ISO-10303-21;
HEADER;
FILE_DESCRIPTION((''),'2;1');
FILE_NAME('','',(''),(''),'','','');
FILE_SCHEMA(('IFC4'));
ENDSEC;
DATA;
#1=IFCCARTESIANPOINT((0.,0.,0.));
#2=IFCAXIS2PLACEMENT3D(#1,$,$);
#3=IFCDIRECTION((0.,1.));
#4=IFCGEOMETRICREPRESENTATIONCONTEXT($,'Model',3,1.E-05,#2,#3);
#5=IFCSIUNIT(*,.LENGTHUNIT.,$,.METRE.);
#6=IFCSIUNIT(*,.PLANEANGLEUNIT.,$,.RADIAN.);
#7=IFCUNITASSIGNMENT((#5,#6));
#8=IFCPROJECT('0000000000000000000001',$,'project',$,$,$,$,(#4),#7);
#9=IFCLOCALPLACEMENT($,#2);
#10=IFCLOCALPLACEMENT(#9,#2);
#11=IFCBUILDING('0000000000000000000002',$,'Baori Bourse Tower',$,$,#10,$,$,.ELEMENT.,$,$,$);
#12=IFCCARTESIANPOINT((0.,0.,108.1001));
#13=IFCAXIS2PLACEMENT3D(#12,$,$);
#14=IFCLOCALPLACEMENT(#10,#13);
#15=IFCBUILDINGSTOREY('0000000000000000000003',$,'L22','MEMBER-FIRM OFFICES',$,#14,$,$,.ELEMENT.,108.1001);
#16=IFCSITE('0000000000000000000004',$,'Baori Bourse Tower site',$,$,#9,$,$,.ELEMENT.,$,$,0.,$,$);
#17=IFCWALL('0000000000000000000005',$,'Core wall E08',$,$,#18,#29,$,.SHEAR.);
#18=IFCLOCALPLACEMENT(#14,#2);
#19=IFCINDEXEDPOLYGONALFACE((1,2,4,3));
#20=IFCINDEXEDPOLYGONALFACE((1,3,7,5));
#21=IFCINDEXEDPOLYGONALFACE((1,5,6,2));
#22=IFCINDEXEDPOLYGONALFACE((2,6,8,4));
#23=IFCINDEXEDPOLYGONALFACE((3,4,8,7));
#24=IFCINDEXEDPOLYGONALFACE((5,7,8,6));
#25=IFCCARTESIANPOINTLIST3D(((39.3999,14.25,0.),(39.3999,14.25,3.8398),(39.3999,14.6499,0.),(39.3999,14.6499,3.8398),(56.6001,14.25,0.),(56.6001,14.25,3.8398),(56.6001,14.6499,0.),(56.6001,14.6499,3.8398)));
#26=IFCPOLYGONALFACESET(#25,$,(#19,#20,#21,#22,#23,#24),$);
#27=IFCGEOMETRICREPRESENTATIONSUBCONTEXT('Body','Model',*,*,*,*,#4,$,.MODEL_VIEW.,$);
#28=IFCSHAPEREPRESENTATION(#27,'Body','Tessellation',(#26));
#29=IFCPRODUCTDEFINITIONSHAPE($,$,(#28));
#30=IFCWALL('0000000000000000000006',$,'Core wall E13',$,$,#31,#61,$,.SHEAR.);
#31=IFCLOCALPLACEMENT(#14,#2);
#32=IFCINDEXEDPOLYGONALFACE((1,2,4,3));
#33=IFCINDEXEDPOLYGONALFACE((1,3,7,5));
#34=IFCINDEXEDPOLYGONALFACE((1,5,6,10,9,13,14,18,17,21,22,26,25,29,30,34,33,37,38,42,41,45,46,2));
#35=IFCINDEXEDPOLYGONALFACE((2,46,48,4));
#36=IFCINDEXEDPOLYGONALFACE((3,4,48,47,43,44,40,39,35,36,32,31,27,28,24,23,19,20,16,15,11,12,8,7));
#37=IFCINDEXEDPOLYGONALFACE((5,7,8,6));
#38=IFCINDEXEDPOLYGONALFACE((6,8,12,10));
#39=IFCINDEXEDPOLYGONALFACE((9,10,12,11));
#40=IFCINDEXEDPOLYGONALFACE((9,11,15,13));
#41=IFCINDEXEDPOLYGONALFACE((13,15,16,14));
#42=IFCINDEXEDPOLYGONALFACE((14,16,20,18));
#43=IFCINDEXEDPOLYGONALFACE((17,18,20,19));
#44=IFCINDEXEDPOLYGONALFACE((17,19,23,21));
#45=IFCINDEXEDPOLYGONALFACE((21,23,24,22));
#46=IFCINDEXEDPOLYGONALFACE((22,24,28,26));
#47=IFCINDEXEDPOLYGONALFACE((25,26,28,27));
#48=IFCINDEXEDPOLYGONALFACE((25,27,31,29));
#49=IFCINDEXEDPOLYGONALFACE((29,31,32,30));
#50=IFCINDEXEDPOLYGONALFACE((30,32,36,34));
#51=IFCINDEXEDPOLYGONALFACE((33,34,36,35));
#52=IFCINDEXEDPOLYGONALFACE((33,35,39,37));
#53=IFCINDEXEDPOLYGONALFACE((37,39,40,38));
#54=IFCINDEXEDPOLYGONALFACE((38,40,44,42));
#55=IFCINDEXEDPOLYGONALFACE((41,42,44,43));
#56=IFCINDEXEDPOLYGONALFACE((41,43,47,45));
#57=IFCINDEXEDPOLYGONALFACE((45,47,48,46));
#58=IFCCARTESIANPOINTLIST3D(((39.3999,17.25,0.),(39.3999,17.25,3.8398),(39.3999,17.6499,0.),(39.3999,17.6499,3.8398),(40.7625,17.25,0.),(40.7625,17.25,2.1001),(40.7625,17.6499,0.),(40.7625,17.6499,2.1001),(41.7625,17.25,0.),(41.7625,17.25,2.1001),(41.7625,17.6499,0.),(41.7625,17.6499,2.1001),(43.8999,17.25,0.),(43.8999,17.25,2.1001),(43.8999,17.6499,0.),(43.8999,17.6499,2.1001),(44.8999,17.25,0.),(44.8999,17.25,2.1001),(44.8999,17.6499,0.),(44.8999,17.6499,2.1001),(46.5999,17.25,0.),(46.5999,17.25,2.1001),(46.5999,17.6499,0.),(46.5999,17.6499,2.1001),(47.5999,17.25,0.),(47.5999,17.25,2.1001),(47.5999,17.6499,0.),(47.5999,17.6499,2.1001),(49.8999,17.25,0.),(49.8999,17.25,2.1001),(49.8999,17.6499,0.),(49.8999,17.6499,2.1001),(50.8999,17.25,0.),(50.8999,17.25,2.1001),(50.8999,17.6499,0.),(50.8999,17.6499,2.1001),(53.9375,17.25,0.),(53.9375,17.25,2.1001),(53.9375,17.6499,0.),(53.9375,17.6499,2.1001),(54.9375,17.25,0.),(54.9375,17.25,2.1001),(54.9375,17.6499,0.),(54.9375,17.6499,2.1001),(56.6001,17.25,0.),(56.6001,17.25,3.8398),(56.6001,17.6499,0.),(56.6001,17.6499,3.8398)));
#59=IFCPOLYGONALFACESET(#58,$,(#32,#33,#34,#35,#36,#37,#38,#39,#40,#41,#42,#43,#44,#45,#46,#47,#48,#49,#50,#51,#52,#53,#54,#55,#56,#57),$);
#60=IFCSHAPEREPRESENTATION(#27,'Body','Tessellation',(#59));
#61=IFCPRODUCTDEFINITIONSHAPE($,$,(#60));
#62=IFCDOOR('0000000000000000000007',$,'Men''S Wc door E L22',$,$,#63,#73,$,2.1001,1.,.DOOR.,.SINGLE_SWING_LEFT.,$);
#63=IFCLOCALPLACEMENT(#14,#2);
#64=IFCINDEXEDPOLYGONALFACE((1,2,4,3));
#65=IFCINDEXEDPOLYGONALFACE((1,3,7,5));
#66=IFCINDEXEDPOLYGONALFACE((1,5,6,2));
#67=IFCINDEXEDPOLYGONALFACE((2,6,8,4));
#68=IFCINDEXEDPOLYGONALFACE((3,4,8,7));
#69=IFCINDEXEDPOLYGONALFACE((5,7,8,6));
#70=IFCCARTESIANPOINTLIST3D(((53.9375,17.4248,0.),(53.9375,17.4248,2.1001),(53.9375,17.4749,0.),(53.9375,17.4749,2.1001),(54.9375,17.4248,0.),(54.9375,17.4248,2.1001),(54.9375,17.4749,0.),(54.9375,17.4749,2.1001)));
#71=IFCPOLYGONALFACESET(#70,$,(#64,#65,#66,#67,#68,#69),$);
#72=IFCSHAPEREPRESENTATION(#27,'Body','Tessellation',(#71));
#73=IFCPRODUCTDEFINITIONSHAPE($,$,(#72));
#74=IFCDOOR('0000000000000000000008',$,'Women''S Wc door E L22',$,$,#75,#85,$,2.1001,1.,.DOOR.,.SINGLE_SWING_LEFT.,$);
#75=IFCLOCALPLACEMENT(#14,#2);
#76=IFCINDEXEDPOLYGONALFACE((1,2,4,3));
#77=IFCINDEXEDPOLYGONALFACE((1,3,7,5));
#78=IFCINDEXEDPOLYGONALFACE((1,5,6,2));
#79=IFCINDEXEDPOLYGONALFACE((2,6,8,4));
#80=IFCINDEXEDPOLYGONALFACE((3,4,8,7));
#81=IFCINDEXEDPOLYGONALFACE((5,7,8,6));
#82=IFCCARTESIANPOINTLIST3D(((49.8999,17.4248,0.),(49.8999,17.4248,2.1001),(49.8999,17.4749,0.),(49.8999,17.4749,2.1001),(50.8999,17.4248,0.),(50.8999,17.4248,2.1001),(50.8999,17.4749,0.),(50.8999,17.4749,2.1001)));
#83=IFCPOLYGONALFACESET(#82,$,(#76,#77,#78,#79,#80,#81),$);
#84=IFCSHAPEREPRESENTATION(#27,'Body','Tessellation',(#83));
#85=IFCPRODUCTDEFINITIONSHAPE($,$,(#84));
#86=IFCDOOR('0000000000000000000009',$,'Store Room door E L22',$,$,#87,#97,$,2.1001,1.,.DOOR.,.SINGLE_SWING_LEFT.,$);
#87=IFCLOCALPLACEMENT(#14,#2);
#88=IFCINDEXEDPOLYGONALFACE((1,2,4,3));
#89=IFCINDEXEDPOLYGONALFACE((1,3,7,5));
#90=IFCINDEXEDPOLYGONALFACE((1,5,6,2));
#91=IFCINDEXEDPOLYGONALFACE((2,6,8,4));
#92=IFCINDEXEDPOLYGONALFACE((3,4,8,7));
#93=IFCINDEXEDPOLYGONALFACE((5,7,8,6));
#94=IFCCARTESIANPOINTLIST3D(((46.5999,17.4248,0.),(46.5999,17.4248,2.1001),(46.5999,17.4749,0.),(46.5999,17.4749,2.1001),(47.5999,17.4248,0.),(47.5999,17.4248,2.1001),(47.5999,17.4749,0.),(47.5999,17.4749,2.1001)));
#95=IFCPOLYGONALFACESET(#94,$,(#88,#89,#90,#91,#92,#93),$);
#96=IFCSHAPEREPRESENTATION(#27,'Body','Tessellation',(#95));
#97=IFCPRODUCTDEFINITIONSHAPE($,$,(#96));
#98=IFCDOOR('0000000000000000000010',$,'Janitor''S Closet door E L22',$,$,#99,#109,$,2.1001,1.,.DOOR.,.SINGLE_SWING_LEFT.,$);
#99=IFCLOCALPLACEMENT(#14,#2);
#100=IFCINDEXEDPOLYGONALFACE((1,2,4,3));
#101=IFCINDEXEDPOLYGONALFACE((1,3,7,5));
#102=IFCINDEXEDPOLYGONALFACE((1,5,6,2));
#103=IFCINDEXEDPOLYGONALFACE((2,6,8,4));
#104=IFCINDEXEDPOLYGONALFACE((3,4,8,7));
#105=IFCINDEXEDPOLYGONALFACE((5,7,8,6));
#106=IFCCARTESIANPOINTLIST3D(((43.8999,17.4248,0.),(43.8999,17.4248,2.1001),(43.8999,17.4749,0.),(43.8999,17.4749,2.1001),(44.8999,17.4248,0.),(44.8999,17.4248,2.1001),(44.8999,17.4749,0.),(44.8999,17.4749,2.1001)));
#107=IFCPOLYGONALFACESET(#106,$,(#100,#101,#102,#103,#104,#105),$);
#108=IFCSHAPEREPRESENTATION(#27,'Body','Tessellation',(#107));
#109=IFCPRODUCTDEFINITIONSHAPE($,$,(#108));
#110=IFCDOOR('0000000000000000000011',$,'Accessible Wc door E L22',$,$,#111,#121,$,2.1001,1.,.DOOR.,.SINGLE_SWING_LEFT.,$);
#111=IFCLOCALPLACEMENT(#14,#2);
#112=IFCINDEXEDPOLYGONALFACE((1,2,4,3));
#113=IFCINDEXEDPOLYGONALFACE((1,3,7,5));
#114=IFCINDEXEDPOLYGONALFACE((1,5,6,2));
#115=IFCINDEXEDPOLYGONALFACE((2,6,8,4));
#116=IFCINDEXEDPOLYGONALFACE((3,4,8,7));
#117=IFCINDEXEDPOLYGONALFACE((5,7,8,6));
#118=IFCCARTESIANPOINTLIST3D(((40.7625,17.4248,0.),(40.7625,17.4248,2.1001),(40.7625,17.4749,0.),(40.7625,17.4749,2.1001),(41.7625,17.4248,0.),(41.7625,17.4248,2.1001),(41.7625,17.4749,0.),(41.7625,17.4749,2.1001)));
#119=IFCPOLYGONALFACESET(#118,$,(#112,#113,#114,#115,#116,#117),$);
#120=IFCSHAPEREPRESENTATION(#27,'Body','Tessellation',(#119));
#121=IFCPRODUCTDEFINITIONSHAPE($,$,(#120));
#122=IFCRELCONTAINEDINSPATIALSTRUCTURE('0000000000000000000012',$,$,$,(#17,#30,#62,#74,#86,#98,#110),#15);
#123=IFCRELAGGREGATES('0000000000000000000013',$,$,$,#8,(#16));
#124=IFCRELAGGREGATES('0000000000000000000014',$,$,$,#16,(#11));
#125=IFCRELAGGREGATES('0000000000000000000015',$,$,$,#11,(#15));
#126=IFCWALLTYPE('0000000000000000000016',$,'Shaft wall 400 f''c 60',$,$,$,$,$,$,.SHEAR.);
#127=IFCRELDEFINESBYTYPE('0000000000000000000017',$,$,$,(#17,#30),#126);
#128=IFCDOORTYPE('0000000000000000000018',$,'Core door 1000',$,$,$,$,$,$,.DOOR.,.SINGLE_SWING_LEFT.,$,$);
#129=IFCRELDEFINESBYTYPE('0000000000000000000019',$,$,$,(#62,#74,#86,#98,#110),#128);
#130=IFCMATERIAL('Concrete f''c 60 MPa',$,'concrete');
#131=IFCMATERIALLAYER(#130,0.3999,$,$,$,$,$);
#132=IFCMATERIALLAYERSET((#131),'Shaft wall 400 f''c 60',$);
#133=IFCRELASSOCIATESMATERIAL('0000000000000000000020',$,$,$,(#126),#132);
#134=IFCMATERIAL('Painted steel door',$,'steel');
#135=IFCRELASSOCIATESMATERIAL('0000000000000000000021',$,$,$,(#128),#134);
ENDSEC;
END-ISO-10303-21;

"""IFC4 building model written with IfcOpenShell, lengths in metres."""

from ifc_helpers import new_model, si_unit, direction, frame, frame_2d, origin, place, context, subcontext, project, spatial, rectangle, extrude, material, layer, layer_set, type_object, element, fill, save


model = new_model("IFC4")

# Units and contexts
model_context = context("Model", 3, precision=1e-05, world=origin(), true_north=direction((0.0, 1.0)))
body_context = subcontext(model_context, "Body", "Model", "MODEL_VIEW")
ifc_project = project(units=[si_unit("LENGTHUNIT", "METRE"), si_unit("PLANEANGLEUNIT", "RADIAN")], contexts=[model_context])

# Site, building, storey
site_placement = place(None, origin())
site = spatial("IfcSite", under=ifc_project, at=site_placement, Name="Baori Bourse Tower site", CompositionType="ELEMENT", RefElevation=0.0)
building_placement = place(site_placement, origin())
building = spatial("IfcBuilding", under=site, at=building_placement, Name="Baori Bourse Tower", CompositionType="ELEMENT")
storey_placement = place(building_placement, frame((0.0, 0.0, 108.1001)))
storey = spatial("IfcBuildingStorey", under=building, at=storey_placement, Name="L22", Description="MEMBER-FIRM OFFICES", CompositionType="ELEMENT", Elevation=108.1001)

# Wall
ifc_material_1 = material(Name="Concrete f'c 60 MPa", Category="concrete")
ifc_layer_1 = layer(ifc_material_1, 0.3999)
ifc_layer_set_1 = layer_set([ifc_layer_1], Name="Shaft wall 400 f'c 60")
wall_type_1 = type_object("IfcWallType", Name="Shaft wall 400 f'c 60", PredefinedType="SHEAR", material=ifc_layer_set_1)
wall_1_placement = place(storey_placement, frame((39.3999, 14.45, 0.0), z_axis=(0.0, 0.0, 1.0), x_axis=(1.0, 0.0, 0.0)))
element("IfcWall", 1, at=wall_1_placement, inside=storey, type_object=wall_type_1, Name="Core wall E08", PredefinedType="SHEAR", context=body_context, shape_type="SweptSolid", body=[
    extrude(rectangle(XDim=17.2002, YDim=0.3999, at=frame_2d((8.6001, 0.0))), origin(), (0.0, 0.0, 1.0), 3.8398),
])

# Wall, openings, doors
wall_2_placement = place(storey_placement, frame((39.3999, 17.45, 0.0), z_axis=(0.0, 0.0, 1.0), x_axis=(1.0, 0.0, 0.0)))
wall_2 = element("IfcWall", 2, at=wall_2_placement, inside=storey, type_object=wall_type_1, Name="Core wall E13", PredefinedType="SHEAR", context=body_context, shape_type="SweptSolid", body=[
    extrude(rectangle(XDim=17.2002, YDim=0.3999, at=frame_2d((8.6001, 0.0))), origin(), (0.0, 0.0, 1.0), 3.8398),
])
opening_1_placement = place(wall_2_placement, frame((14.5376, 0.0, 0.0)))
opening_1 = element("IfcOpeningElement", 3, at=opening_1_placement, cuts=wall_2, PredefinedType="OPENING", context=body_context, shape_type="SweptSolid", body=[
    extrude(rectangle(XDim=1.0, YDim=2.1001, at=frame_2d((0.5, 1.05))), frame((0.0, 0.21, 0.0), z_axis=(0.0, -1.0, 0.0), x_axis=(1.0, 0.0, 0.0)), (0.0, 0.0, 1.0), 0.4199),
])
opening_2_placement = place(wall_2_placement, frame((10.5, 0.0, 0.0)))
opening_2 = element("IfcOpeningElement", 4, at=opening_2_placement, cuts=wall_2, PredefinedType="OPENING", context=body_context, shape_type="SweptSolid", body=[
    extrude(rectangle(XDim=1.0, YDim=2.1001, at=frame_2d((0.5, 1.05))), frame((0.0, 0.21, 0.0), z_axis=(0.0, -1.0, 0.0), x_axis=(1.0, 0.0, 0.0)), (0.0, 0.0, 1.0), 0.4199),
])
opening_3_placement = place(wall_2_placement, frame((7.2, 0.0, 0.0)))
opening_3 = element("IfcOpeningElement", 5, at=opening_3_placement, cuts=wall_2, PredefinedType="OPENING", context=body_context, shape_type="SweptSolid", body=[
    extrude(rectangle(XDim=1.0, YDim=2.1001, at=frame_2d((0.5, 1.05))), frame((0.0, 0.21, 0.0), z_axis=(0.0, -1.0, 0.0), x_axis=(1.0, 0.0, 0.0)), (0.0, 0.0, 1.0), 0.4199),
])
opening_4_placement = place(wall_2_placement, frame((4.5, 0.0, 0.0)))
opening_4 = element("IfcOpeningElement", 6, at=opening_4_placement, cuts=wall_2, PredefinedType="OPENING", context=body_context, shape_type="SweptSolid", body=[
    extrude(rectangle(XDim=1.0, YDim=2.1001, at=frame_2d((0.5, 1.05))), frame((0.0, 0.21, 0.0), z_axis=(0.0, -1.0, 0.0), x_axis=(1.0, 0.0, 0.0)), (0.0, 0.0, 1.0), 0.4199),
])
opening_5_placement = place(wall_2_placement, frame((1.3625, 0.0, 0.0)))
opening_5 = element("IfcOpeningElement", 7, at=opening_5_placement, cuts=wall_2, PredefinedType="OPENING", context=body_context, shape_type="SweptSolid", body=[
    extrude(rectangle(XDim=1.0, YDim=2.1001, at=frame_2d((0.5, 1.05))), frame((0.0, 0.21, 0.0), z_axis=(0.0, -1.0, 0.0), x_axis=(1.0, 0.0, 0.0)), (0.0, 0.0, 1.0), 0.4199),
])
ifc_material_2 = material(Name="Painted steel door", Category="steel")
door_type_1 = type_object("IfcDoorType", Name="Core door 1000", OperationType="SINGLE_SWING_LEFT", PredefinedType="DOOR", material=ifc_material_2)
door_1_placement = place(opening_1_placement, origin())
door_1 = element("IfcDoor", 8, at=door_1_placement, inside=storey, type_object=door_type_1, Name="Men'S Wc door E L22", OperationType="SINGLE_SWING_LEFT", OverallHeight=2.1001, OverallWidth=1.0, PredefinedType="DOOR", context=body_context, shape_type="SweptSolid", body=[
    extrude(rectangle(XDim=1.0, YDim=2.1001, at=frame_2d((0.5, 1.05))), frame((0.0, 0.0249, 0.0), z_axis=(0.0, -1.0, 0.0), x_axis=(1.0, 0.0, 0.0)), (0.0, 0.0, 1.0), 0.05),
])
fill(opening_1, door_1)
door_2_placement = place(opening_2_placement, origin())
door_2 = element("IfcDoor", 9, at=door_2_placement, inside=storey, type_object=door_type_1, Name="Women'S Wc door E L22", OperationType="SINGLE_SWING_LEFT", OverallHeight=2.1001, OverallWidth=1.0, PredefinedType="DOOR", context=body_context, shape_type="SweptSolid", body=[
    extrude(rectangle(XDim=1.0, YDim=2.1001, at=frame_2d((0.5, 1.05))), frame((0.0, 0.0249, 0.0), z_axis=(0.0, -1.0, 0.0), x_axis=(1.0, 0.0, 0.0)), (0.0, 0.0, 1.0), 0.05),
])
fill(opening_2, door_2)
door_3_placement = place(opening_3_placement, origin())
door_3 = element("IfcDoor", 10, at=door_3_placement, inside=storey, type_object=door_type_1, Name="Store Room door E L22", OperationType="SINGLE_SWING_LEFT", OverallHeight=2.1001, OverallWidth=1.0, PredefinedType="DOOR", context=body_context, shape_type="SweptSolid", body=[
    extrude(rectangle(XDim=1.0, YDim=2.1001, at=frame_2d((0.5, 1.05))), frame((0.0, 0.0249, 0.0), z_axis=(0.0, -1.0, 0.0), x_axis=(1.0, 0.0, 0.0)), (0.0, 0.0, 1.0), 0.05),
])
fill(opening_3, door_3)
door_4_placement = place(opening_4_placement, origin())
door_4 = element("IfcDoor", 11, at=door_4_placement, inside=storey, type_object=door_type_1, Name="Janitor'S Closet door E L22", OperationType="SINGLE_SWING_LEFT", OverallHeight=2.1001, OverallWidth=1.0, PredefinedType="DOOR", context=body_context, shape_type="SweptSolid", body=[
    extrude(rectangle(XDim=1.0, YDim=2.1001, at=frame_2d((0.5, 1.05))), frame((0.0, 0.0249, 0.0), z_axis=(0.0, -1.0, 0.0), x_axis=(1.0, 0.0, 0.0)), (0.0, 0.0, 1.0), 0.05),
])
fill(opening_4, door_4)
door_5_placement = place(opening_5_placement, origin())
door_5 = element("IfcDoor", 12, at=door_5_placement, inside=storey, type_object=door_type_1, Name="Accessible Wc door E L22", OperationType="SINGLE_SWING_LEFT", OverallHeight=2.1001, OverallWidth=1.0, PredefinedType="DOOR", context=body_context, shape_type="SweptSolid", body=[
    extrude(rectangle(XDim=1.0, YDim=2.1001, at=frame_2d((0.5, 1.05))), frame((0.0, 0.0249, 0.0), z_axis=(0.0, -1.0, 0.0), x_axis=(1.0, 0.0, 0.0)), (0.0, 0.0, 1.0), 0.05),
])
fill(opening_5, door_5)

save(model, "model.ifc")
